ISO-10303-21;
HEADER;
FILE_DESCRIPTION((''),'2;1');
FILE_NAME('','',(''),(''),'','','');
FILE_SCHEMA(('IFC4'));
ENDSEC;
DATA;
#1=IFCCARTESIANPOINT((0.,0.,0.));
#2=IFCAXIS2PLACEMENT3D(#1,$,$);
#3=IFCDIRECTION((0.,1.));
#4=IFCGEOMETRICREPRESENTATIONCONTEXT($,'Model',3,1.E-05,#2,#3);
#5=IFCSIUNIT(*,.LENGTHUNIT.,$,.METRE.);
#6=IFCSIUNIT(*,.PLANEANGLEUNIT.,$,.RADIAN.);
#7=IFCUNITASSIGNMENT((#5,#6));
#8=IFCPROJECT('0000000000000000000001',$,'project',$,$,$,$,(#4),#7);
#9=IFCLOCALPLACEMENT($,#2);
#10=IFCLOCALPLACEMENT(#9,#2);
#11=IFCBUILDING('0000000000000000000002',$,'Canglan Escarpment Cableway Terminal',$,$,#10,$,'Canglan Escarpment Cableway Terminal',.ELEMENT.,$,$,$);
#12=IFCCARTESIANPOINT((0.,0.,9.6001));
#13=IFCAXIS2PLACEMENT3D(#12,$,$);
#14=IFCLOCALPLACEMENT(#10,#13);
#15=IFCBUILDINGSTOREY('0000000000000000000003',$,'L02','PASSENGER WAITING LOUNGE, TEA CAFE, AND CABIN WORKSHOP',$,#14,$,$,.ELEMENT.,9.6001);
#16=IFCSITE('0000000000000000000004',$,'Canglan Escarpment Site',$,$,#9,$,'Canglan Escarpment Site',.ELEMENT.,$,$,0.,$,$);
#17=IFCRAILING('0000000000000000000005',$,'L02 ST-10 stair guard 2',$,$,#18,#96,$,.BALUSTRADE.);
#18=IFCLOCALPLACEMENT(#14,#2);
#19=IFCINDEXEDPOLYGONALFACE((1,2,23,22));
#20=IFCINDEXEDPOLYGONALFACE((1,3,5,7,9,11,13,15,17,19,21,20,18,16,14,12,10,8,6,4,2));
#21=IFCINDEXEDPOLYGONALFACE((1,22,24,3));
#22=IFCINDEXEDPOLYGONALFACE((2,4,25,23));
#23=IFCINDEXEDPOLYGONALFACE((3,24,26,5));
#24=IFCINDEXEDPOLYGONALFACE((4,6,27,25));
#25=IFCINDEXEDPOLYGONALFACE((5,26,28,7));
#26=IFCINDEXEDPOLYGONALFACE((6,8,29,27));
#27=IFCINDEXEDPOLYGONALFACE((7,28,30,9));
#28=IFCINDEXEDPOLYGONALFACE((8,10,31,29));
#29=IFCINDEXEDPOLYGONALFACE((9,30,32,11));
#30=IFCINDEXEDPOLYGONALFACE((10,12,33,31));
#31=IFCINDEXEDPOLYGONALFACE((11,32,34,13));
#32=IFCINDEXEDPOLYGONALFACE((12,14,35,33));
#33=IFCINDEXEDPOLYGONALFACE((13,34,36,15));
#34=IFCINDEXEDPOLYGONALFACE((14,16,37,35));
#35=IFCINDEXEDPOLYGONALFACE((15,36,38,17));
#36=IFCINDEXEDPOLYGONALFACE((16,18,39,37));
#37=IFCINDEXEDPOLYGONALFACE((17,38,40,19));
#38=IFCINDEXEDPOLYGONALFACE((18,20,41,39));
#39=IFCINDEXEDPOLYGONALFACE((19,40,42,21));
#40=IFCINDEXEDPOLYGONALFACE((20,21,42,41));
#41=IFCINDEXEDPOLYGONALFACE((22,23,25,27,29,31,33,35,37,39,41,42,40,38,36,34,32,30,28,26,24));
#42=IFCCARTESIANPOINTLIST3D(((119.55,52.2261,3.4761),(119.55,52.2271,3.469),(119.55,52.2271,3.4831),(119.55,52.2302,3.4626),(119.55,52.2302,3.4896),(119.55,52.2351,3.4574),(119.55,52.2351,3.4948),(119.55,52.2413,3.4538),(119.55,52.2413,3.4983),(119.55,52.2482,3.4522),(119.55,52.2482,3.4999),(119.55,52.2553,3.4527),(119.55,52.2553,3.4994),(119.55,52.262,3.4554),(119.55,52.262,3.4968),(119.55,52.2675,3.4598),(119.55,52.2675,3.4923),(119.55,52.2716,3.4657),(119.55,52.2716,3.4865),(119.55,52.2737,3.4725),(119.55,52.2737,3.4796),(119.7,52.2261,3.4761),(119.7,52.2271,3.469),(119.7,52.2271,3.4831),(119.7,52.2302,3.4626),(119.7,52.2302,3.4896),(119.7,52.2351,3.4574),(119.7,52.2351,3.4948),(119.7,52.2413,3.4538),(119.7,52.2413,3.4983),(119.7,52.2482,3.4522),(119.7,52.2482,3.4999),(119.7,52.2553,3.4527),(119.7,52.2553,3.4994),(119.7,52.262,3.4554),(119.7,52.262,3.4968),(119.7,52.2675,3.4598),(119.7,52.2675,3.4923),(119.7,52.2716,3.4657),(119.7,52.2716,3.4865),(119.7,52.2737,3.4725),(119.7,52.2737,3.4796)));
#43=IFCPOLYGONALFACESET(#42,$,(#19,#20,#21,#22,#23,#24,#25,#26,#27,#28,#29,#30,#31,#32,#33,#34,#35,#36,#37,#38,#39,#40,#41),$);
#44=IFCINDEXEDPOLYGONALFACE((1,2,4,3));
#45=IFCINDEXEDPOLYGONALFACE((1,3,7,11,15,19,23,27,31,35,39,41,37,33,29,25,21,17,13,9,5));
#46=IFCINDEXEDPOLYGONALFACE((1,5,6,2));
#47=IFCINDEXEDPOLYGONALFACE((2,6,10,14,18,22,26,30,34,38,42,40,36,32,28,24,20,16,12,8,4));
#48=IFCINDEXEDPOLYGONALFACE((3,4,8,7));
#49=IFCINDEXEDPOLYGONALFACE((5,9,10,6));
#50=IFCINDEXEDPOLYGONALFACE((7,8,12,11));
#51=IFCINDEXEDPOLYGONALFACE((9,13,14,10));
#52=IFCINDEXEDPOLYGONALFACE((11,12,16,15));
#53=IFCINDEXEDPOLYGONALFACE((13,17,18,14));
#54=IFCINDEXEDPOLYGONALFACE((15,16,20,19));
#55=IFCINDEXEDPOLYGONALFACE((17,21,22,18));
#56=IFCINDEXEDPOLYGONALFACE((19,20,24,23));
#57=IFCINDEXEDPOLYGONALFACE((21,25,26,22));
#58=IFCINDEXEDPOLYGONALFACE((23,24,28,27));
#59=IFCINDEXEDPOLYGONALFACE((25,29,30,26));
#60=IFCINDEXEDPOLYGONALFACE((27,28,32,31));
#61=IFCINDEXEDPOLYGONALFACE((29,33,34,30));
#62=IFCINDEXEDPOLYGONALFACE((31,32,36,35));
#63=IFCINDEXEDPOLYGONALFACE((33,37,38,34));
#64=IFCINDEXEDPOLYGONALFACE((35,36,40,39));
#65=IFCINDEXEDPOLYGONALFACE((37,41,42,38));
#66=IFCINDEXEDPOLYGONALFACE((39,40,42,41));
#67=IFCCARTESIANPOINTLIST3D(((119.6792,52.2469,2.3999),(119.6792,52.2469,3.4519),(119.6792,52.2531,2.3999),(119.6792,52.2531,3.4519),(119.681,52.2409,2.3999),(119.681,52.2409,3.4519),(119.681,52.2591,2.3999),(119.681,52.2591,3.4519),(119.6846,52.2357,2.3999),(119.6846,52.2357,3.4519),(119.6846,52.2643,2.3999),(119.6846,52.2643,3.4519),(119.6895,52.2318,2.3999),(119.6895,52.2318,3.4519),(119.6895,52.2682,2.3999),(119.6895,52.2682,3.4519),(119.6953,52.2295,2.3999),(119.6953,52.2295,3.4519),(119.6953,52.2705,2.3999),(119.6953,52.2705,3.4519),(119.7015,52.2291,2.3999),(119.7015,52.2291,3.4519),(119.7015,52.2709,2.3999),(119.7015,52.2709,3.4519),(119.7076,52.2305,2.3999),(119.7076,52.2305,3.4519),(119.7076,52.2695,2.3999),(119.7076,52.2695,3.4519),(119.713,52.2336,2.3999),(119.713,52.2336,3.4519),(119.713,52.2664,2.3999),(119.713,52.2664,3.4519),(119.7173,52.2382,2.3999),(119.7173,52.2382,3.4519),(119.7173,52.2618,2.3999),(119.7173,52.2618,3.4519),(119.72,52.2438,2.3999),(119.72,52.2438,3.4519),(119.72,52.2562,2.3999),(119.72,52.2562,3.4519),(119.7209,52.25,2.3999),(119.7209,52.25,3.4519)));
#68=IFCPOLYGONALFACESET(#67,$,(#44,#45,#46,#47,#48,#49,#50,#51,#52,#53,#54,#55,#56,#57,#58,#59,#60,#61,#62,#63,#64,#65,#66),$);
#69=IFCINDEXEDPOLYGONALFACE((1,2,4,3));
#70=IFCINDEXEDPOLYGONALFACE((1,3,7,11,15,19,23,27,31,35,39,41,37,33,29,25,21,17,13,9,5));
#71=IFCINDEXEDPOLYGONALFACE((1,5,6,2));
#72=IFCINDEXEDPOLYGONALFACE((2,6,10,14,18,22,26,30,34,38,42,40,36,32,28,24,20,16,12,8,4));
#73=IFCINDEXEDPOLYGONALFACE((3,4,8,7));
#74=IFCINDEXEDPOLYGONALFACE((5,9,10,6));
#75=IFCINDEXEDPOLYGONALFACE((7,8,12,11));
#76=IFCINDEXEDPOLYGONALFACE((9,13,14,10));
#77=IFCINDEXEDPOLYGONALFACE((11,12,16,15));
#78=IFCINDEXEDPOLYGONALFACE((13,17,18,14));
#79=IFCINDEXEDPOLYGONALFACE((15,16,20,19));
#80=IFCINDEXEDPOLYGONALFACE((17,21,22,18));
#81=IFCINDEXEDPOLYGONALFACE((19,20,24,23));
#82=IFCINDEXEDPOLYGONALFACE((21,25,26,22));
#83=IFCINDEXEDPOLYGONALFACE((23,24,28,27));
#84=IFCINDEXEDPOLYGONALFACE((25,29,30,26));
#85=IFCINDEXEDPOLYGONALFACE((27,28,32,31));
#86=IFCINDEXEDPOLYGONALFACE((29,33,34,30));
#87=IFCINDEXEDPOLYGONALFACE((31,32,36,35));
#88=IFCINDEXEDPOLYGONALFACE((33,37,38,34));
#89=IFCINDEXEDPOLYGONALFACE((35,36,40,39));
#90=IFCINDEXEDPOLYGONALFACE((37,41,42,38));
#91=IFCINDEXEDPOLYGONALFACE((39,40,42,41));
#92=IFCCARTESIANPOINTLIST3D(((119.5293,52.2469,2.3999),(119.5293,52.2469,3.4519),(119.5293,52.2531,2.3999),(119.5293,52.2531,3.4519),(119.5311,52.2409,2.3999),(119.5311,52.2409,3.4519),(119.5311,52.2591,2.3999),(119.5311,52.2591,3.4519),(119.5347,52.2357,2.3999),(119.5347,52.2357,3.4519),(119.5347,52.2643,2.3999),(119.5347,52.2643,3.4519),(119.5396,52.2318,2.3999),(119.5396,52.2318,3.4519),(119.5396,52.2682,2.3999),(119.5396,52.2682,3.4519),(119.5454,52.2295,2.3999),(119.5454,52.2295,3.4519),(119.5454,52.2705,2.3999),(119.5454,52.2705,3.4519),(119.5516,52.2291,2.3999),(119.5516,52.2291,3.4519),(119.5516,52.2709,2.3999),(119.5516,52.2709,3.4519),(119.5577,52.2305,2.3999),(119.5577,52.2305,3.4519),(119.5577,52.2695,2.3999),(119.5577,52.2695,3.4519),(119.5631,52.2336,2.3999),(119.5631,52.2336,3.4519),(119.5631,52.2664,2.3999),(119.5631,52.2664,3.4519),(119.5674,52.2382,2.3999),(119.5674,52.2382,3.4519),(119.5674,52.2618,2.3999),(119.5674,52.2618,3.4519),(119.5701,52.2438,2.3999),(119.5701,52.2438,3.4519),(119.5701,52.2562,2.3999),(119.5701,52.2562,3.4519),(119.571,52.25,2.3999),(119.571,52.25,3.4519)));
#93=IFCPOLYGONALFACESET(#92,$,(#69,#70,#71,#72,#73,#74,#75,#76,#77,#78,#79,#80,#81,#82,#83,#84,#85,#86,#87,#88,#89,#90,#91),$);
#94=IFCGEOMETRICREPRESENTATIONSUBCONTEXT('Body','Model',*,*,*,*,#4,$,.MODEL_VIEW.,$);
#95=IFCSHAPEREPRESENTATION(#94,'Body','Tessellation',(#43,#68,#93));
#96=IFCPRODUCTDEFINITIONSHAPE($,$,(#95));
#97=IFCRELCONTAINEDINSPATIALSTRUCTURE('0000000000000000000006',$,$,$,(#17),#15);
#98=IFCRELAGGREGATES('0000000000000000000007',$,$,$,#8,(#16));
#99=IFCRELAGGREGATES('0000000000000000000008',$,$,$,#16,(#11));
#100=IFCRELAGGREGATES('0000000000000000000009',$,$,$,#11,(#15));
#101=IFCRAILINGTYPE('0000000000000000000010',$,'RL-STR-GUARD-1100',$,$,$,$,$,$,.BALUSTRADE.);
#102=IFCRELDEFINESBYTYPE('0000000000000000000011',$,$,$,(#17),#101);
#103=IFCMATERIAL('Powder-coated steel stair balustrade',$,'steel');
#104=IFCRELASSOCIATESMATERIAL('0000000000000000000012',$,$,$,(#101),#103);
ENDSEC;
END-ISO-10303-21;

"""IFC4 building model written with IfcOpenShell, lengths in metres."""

from ifc_helpers import new_model, si_unit, direction, frame, origin, origin_2d, place, context, subcontext, project, spatial, circle, extrude, material, type_object, element, save


model = new_model("IFC4")

# Units and contexts
model_context = context("Model", 3, precision=1e-05, world=origin(), true_north=direction((0.0, 1.0)))
body_context = subcontext(model_context, "Body", "Model", "MODEL_VIEW")
ifc_project = project(units=[si_unit("LENGTHUNIT", "METRE"), si_unit("PLANEANGLEUNIT", "RADIAN")], contexts=[model_context])

# Site, building, storey
site_placement = place(None, origin())
site = spatial("IfcSite", under=ifc_project, at=site_placement, Name="Canglan Escarpment Site", LongName="Canglan Escarpment Site", CompositionType="ELEMENT", RefElevation=0.0)
building_placement = place(site_placement, origin())
building = spatial("IfcBuilding", under=site, at=building_placement, Name="Canglan Escarpment Cableway Terminal", LongName="Canglan Escarpment Cableway Terminal", CompositionType="ELEMENT")
storey_placement = place(building_placement, frame((0.0, 0.0, 9.6001)))
storey = spatial("IfcBuildingStorey", under=building, at=storey_placement, Name="L02", Description="PASSENGER WAITING LOUNGE, TEA CAFE, AND CABIN WORKSHOP", CompositionType="ELEMENT", Elevation=9.6001)

# Railing
ifc_material_1 = material(Name="Powder-coated steel stair balustrade", Category="steel")
railing_type_1 = type_object("IfcRailingType", Name="RL-STR-GUARD-1100", PredefinedType="BALUSTRADE", material=ifc_material_1)
railing_1_placement = place(storey_placement, frame((119.7, 52.25, 2.3999)))
element("IfcRailing", 1, at=railing_1_placement, inside=storey, type_object=railing_type_1, Name="L02 ST-10 stair guard 2", PredefinedType="BALUSTRADE", context=body_context, shape_type="SweptSolid", body=[
    extrude(circle(Radius=0.0239, at=origin_2d()), frame((0.0, 0.0, 1.0762), z_axis=(-1.0, 0.0, 0.0), x_axis=(0.0, -1.0, 0.0)), (0.0, 0.0, 1.0), 0.1499),
    extrude(circle(Radius=0.021, at=origin_2d()), origin(), (0.0, 0.0, 1.0), 1.052),
    extrude(circle(Radius=0.021, at=origin_2d()), frame((-0.1499, 0.0, 0.0)), (0.0, 0.0, 1.0), 1.052),
])

save(model, "model.ifc")
